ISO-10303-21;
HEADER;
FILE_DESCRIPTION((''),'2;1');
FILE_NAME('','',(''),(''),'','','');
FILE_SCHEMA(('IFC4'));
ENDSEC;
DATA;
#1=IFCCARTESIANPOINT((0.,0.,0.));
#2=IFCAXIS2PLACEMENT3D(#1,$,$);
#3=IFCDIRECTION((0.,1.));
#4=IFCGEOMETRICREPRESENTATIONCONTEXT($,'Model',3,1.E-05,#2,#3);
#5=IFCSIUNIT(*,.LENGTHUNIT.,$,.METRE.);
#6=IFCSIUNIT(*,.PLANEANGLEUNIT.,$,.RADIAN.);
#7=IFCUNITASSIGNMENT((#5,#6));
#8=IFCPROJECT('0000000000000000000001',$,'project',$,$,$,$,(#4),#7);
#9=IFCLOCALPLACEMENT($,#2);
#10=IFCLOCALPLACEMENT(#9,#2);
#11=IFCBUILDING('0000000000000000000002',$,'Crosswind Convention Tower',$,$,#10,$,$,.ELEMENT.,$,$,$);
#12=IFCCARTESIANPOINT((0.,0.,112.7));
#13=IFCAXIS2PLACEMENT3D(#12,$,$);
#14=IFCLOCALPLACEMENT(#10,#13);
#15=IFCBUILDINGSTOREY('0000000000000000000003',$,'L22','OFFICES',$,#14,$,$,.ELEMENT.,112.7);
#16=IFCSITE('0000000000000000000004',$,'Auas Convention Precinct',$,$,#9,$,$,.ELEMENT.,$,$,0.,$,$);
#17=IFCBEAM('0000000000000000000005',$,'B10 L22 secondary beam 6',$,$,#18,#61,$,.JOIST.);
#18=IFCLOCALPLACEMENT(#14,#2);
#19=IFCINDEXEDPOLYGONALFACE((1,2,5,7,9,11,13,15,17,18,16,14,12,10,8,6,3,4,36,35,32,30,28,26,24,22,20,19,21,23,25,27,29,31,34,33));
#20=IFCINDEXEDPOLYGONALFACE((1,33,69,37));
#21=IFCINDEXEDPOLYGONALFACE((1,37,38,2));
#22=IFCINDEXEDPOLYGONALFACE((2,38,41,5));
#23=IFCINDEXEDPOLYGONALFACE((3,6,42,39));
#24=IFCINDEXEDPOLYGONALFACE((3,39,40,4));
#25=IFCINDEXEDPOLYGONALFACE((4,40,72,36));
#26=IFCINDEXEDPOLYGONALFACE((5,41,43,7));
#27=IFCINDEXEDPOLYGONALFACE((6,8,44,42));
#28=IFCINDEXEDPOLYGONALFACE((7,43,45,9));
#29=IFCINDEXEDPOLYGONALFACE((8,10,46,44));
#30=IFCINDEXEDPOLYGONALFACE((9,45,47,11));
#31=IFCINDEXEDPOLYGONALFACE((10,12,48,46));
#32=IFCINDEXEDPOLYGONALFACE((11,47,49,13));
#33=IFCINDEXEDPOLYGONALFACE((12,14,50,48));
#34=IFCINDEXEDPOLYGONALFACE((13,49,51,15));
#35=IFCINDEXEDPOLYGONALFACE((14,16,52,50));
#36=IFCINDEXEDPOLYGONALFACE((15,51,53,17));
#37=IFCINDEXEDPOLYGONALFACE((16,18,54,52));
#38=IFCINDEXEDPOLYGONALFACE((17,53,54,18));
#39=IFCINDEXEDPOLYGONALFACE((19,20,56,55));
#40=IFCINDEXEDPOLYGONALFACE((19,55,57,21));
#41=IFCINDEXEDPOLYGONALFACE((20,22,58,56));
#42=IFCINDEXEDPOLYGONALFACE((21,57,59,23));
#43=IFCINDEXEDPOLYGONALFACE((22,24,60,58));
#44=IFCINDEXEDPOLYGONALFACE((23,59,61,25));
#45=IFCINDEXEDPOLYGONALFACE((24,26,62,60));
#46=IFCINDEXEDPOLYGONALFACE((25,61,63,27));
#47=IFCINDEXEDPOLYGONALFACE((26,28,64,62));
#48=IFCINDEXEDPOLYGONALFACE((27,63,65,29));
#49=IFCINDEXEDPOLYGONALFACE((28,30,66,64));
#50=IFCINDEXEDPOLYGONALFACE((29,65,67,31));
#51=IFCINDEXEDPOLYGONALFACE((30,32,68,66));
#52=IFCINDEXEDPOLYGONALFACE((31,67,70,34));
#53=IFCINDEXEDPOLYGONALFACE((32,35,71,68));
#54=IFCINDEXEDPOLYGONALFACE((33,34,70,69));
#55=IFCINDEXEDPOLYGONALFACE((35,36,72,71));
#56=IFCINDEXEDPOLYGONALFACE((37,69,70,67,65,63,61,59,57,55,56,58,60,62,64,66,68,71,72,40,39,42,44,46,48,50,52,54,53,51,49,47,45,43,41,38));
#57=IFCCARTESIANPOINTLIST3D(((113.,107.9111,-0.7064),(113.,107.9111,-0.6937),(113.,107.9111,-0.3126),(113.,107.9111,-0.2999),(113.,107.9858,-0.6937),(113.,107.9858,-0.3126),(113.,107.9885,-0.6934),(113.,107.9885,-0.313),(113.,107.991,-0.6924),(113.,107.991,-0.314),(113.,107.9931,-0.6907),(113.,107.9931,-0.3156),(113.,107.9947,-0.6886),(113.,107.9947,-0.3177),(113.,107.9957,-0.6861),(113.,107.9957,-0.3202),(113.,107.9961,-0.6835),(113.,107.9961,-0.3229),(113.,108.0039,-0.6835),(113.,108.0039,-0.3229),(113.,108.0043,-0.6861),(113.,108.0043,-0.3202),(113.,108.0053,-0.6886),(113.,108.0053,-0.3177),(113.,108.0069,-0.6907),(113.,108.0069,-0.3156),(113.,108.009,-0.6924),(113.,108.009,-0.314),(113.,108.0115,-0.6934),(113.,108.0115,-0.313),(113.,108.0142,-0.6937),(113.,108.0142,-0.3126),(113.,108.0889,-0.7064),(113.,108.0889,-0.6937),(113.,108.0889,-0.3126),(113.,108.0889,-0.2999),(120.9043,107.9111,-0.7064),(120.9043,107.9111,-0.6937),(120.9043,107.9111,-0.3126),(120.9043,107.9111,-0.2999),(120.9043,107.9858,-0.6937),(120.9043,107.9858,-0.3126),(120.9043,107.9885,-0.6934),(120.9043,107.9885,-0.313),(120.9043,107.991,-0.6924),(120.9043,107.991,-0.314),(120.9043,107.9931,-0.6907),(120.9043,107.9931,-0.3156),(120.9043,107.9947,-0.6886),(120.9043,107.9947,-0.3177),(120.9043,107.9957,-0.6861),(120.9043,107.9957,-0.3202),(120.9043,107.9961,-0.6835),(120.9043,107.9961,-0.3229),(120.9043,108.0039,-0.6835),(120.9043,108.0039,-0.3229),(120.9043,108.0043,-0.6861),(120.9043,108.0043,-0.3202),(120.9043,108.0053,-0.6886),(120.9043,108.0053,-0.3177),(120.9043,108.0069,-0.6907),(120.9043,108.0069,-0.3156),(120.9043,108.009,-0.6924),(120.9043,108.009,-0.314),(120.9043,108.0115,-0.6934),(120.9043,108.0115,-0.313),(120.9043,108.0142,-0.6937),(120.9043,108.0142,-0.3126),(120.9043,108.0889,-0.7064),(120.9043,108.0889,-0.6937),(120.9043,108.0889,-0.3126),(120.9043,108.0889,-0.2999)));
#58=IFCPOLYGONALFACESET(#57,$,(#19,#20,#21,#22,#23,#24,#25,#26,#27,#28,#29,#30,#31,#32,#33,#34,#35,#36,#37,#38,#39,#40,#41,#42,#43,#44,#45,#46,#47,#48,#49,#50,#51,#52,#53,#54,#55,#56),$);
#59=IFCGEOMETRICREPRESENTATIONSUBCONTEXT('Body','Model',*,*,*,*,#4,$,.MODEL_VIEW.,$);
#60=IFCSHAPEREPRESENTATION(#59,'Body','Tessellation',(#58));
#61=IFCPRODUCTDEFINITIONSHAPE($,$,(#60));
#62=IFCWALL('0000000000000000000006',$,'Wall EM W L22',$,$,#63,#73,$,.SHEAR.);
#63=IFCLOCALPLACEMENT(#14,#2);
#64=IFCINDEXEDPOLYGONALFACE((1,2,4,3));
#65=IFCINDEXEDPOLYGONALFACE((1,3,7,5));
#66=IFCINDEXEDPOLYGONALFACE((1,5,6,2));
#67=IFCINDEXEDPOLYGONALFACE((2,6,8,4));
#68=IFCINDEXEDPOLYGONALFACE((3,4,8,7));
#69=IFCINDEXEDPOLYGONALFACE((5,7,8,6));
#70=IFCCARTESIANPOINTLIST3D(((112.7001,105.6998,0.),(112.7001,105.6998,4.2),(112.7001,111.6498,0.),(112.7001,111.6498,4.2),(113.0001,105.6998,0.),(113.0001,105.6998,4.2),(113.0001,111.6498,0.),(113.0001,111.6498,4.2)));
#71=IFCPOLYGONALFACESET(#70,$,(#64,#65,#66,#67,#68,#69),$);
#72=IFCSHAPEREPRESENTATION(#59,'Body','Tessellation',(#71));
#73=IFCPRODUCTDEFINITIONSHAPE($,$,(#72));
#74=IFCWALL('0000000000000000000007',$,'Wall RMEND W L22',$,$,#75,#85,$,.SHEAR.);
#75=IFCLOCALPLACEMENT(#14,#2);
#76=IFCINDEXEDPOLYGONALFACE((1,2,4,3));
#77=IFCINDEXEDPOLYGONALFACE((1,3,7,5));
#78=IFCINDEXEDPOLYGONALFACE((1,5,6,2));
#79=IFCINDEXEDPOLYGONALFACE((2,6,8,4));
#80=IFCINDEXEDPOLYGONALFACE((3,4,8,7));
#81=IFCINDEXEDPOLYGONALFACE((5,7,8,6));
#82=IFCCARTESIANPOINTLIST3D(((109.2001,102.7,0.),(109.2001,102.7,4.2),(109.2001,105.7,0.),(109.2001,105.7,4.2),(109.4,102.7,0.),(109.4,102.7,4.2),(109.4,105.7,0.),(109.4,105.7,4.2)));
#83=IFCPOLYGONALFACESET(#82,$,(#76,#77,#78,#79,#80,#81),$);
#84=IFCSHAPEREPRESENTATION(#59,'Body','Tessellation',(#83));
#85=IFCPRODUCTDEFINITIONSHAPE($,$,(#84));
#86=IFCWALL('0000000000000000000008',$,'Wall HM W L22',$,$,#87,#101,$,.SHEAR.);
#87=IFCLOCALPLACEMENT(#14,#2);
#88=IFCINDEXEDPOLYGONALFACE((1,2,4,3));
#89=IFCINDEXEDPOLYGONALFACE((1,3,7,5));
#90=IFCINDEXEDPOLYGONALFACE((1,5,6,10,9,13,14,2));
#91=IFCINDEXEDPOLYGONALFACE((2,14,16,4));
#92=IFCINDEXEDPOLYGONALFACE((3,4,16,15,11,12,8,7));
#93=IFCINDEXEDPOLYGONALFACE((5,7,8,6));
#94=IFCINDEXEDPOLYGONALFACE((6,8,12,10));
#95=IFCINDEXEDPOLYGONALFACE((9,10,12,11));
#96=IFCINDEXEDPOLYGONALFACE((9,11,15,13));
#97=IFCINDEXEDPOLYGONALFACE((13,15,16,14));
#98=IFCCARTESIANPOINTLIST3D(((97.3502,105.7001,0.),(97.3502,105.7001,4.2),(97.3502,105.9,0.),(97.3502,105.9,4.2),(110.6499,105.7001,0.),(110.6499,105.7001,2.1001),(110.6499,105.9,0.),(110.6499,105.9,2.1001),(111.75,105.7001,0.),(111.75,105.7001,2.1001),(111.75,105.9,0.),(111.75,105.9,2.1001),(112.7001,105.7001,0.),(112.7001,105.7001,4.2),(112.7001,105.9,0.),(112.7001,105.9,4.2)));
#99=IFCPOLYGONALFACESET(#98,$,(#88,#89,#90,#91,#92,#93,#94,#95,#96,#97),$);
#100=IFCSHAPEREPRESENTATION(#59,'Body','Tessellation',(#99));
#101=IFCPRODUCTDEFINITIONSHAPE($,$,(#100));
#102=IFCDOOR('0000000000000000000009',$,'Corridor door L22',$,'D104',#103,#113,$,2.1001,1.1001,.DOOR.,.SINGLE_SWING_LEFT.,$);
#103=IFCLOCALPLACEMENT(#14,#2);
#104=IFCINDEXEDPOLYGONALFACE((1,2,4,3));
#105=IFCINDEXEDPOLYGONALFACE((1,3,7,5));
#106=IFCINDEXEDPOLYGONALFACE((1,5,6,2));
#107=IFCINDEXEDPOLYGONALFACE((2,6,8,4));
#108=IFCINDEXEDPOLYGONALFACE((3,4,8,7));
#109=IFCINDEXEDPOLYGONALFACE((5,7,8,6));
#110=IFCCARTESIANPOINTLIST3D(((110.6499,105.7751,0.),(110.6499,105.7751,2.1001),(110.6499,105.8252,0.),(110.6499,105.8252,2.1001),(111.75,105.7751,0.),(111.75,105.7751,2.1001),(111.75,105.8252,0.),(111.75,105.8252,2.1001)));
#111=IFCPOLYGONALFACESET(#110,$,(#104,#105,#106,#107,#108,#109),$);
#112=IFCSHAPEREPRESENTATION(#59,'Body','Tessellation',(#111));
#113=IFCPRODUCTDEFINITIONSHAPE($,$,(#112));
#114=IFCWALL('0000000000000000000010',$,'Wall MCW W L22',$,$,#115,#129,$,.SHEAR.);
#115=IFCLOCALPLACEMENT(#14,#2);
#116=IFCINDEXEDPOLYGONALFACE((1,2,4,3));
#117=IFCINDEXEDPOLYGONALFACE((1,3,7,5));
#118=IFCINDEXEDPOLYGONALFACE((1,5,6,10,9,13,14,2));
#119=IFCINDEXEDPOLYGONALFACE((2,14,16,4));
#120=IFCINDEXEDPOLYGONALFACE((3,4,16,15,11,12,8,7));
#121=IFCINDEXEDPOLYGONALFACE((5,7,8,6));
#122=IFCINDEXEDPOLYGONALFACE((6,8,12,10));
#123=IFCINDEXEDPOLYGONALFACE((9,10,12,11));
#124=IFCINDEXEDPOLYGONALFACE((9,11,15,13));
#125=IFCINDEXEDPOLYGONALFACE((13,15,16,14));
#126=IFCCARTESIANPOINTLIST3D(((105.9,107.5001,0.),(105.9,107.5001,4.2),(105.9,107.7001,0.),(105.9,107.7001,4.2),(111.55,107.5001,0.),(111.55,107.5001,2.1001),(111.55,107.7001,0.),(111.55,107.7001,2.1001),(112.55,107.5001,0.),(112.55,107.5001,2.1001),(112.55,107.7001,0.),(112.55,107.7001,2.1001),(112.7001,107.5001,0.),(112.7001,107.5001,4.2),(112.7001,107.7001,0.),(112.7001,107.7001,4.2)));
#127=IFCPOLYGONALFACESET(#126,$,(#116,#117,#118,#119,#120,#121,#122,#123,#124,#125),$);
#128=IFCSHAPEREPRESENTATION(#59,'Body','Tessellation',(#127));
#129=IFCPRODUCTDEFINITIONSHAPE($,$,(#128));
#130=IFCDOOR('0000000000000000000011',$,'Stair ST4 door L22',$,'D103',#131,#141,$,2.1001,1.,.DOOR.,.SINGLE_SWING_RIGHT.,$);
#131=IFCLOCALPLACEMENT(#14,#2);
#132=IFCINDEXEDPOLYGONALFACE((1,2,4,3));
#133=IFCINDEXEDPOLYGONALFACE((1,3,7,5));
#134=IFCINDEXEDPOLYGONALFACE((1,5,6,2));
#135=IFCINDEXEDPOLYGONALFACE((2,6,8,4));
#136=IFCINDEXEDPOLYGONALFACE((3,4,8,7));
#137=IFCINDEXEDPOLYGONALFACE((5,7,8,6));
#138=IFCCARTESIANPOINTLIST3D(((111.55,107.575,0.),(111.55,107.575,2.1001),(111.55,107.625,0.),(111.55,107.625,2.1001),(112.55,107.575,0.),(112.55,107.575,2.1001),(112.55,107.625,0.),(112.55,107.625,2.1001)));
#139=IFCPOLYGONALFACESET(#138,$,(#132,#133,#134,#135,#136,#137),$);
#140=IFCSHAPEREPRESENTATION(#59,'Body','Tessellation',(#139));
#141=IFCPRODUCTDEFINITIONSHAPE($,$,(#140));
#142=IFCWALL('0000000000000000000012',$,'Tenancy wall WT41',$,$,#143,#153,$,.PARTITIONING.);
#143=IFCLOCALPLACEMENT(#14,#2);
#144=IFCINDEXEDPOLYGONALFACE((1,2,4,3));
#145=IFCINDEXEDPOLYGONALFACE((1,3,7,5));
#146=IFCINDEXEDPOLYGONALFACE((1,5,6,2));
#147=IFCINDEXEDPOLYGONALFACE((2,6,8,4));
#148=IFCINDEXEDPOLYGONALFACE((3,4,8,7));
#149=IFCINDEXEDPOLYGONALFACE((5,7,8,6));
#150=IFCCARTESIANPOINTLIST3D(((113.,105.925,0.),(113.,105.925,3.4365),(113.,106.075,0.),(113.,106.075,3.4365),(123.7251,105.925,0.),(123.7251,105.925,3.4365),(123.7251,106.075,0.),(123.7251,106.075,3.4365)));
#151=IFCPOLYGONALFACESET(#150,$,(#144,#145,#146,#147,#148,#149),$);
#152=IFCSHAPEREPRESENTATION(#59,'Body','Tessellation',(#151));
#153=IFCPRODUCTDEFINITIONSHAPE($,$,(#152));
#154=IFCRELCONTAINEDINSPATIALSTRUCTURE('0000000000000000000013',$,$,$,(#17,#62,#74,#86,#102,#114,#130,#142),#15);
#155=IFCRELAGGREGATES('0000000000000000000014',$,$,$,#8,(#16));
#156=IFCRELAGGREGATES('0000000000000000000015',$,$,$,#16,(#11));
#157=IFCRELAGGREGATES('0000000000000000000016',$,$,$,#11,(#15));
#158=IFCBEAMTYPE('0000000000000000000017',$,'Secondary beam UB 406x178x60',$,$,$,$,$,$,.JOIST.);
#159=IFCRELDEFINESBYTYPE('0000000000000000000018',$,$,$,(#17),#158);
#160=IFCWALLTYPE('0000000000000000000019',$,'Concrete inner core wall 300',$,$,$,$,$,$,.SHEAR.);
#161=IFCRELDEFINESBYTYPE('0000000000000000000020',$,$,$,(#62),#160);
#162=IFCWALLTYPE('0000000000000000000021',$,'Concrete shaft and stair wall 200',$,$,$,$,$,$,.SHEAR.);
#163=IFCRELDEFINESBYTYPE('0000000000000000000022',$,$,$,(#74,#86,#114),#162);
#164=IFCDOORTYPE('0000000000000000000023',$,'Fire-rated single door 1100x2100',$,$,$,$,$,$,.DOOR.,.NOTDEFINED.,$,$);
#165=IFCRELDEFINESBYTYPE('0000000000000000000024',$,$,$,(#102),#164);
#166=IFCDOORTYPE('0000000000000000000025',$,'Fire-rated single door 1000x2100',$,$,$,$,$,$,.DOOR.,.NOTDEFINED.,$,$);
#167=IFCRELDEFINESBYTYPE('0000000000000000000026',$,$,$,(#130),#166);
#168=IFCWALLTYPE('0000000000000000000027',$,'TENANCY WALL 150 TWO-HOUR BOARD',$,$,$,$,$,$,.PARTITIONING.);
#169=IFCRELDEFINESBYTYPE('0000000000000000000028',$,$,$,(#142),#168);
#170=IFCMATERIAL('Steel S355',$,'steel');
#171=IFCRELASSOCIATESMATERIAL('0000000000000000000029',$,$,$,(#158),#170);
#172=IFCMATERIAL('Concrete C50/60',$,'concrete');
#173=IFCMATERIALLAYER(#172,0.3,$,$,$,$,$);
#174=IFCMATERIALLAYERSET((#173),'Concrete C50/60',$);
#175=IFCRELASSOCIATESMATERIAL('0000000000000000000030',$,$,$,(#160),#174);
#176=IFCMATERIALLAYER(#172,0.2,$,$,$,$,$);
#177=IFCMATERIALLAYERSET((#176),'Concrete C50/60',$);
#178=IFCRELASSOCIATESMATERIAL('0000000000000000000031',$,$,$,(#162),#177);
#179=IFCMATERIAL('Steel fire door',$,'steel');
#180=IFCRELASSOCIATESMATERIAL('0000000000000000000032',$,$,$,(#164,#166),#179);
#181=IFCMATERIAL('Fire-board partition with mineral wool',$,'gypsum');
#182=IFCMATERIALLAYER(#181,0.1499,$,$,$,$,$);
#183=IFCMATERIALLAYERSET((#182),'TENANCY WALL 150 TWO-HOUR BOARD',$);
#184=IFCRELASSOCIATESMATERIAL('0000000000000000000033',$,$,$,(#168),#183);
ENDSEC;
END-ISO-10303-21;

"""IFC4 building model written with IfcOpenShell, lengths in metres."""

from ifc_helpers import new_model, si_unit, direction, frame, frame_2d, origin, origin_2d, place, context, subcontext, project, spatial, rectangle, i_section, extrude, material, layer, layer_set, material_profile, profile_set, type_object, element, fill, save


model = new_model("IFC4")

# Units and contexts
model_context = context("Model", 3, precision=1e-05, world=origin(), true_north=direction((0.0, 1.0)))
body_context = subcontext(model_context, "Body", "Model", "MODEL_VIEW")
ifc_project = project(units=[si_unit("LENGTHUNIT", "METRE"), si_unit("PLANEANGLEUNIT", "RADIAN")], contexts=[model_context])

# Site, building, storey
site_placement = place(None, origin())
site = spatial("IfcSite", under=ifc_project, at=site_placement, Name="Auas Convention Precinct", CompositionType="ELEMENT", RefElevation=0.0)
building_placement = place(site_placement, origin())
building = spatial("IfcBuilding", under=site, at=building_placement, Name="Crosswind Convention Tower", CompositionType="ELEMENT")
storey_placement = place(building_placement, frame((0.0, 0.0, 112.7)))
storey = spatial("IfcBuildingStorey", under=building, at=storey_placement, Name="L22", Description="OFFICES", CompositionType="ELEMENT", Elevation=112.7)

# Beam
ifc_material_1 = material(Name="Steel S355", Category="steel")
ifc_material_profile = material_profile(ifc_material_1, i_section(OverallWidth=0.1777, OverallDepth=0.4065, WebThickness=0.0078, FlangeThickness=0.0127, FilletRadius=0.0103, at=origin_2d()), Name="UB 406x178x60")
ifc_profile_set = profile_set([ifc_material_profile], Name="Steel S355")
beam_type = type_object("IfcBeamType", Name="Secondary beam UB 406x178x60", PredefinedType="JOIST", material=ifc_profile_set)
beam_placement = place(storey_placement, frame((113.0, 108.0, -0.5032), z_axis=(1.0, 0.0, 0.0), x_axis=(0.0, 1.0, 0.0)))
element("IfcBeam", 1, at=beam_placement, inside=storey, type_object=beam_type, Name="B10 L22 secondary beam 6", PredefinedType="JOIST", context=body_context, shape_type="SweptSolid", body=[
    extrude(i_section(OverallWidth=0.1777, OverallDepth=0.4065, WebThickness=0.0078, FlangeThickness=0.0127, FilletRadius=0.0103, at=origin_2d()), origin(), (0.0, 0.0, 1.0), 7.9043),
])

# Shared definitions
ifc_material_2 = material(Name="Concrete C50/60", Category="concrete")
ifc_layer_1 = layer(ifc_material_2, 0.3)
ifc_layer_set_1 = layer_set([ifc_layer_1], Name="Concrete C50/60")
wall_type_1 = type_object("IfcWallType", Name="Concrete inner core wall 300", PredefinedType="SHEAR", material=ifc_layer_set_1)

# Walls
wall_1_placement = place(storey_placement, frame((112.8501, 111.6499, 0.0), z_axis=(0.0, 0.0, 1.0), x_axis=(0.0, -1.0, 0.0)))
element("IfcWall", 2, at=wall_1_placement, inside=storey, type_object=wall_type_1, Name="Wall EM W L22", PredefinedType="SHEAR", context=body_context, shape_type="SweptSolid", body=[
    extrude(rectangle(XDim=5.95, YDim=0.3, at=frame_2d((2.9751, 0.0))), origin(), (0.0, 0.0, 1.0), 4.2),
])
ifc_layer_2 = layer(ifc_material_2, 0.2)
ifc_layer_set_2 = layer_set([ifc_layer_2], Name="Concrete C50/60")
wall_type_2 = type_object("IfcWallType", Name="Concrete shaft and stair wall 200", PredefinedType="SHEAR", material=ifc_layer_set_2)
wall_2_placement = place(storey_placement, frame((109.3, 105.7, 0.0), z_axis=(0.0, 0.0, 1.0), x_axis=(0.0, -1.0, 0.0)))
element("IfcWall", 3, at=wall_2_placement, inside=storey, type_object=wall_type_2, Name="Wall RMEND W L22", PredefinedType="SHEAR", context=body_context, shape_type="SweptSolid", body=[
    extrude(rectangle(XDim=3.0, YDim=0.2, at=frame_2d((1.5, 0.0))), origin(), (0.0, 0.0, 1.0), 4.2),
])

# Walls, openings, doors
wall_3_placement = place(storey_placement, frame((112.7, 105.8, 0.0), z_axis=(0.0, 0.0, 1.0), x_axis=(-1.0, 0.0, 0.0)))
wall_3 = element("IfcWall", 4, at=wall_3_placement, inside=storey, type_object=wall_type_2, Name="Wall HM W L22", PredefinedType="SHEAR", context=body_context, shape_type="SweptSolid", body=[
    extrude(rectangle(XDim=15.3499, YDim=0.2, at=frame_2d((7.6748, 0.0))), origin(), (0.0, 0.0, 1.0), 4.2),
])
opening_1_placement = place(wall_3_placement, frame((0.95, 0.0, 0.0)))
opening_1 = element("IfcOpeningElement", 5, at=opening_1_placement, cuts=wall_3, PredefinedType="OPENING", context=body_context, shape_type="SweptSolid", body=[
    extrude(rectangle(XDim=1.1001, YDim=2.1001, at=frame_2d((0.55, 1.05))), frame((0.0, 0.1099, 0.0), z_axis=(0.0, -1.0, 0.0), x_axis=(1.0, 0.0, 0.0)), (0.0, 0.0, 1.0), 0.22),
])
ifc_material_3 = material(Name="Steel fire door", Category="steel")
door_type_1 = type_object("IfcDoorType", Name="Fire-rated single door 1100x2100", OperationType="NOTDEFINED", PredefinedType="DOOR", material=ifc_material_3)
door_1_placement = place(opening_1_placement, origin())
door_1 = element("IfcDoor", 6, at=door_1_placement, inside=storey, type_object=door_type_1, Name="Corridor door L22", ObjectType="D104", OperationType="SINGLE_SWING_LEFT", OverallHeight=2.1001, OverallWidth=1.1001, PredefinedType="DOOR", context=body_context, shape_type="SweptSolid", body=[
    extrude(rectangle(XDim=1.1001, YDim=2.1001, at=frame_2d((0.55, 1.05))), frame((0.0, 0.0249, 0.0), z_axis=(0.0, -1.0, 0.0), x_axis=(1.0, 0.0, 0.0)), (0.0, 0.0, 1.0), 0.05),
])
fill(opening_1, door_1)
wall_4_placement = place(storey_placement, frame((112.7, 107.6001, 0.0), z_axis=(0.0, 0.0, 1.0), x_axis=(-1.0, 0.0, 0.0)))
wall_4 = element("IfcWall", 7, at=wall_4_placement, inside=storey, type_object=wall_type_2, Name="Wall MCW W L22", PredefinedType="SHEAR", context=body_context, shape_type="SweptSolid", body=[
    extrude(rectangle(XDim=6.8, YDim=0.2, at=frame_2d((3.3999, 0.0))), origin(), (0.0, 0.0, 1.0), 4.2),
])
opening_2_placement = place(wall_4_placement, frame((0.1499, 0.0, 0.0)))
opening_2 = element("IfcOpeningElement", 8, at=opening_2_placement, cuts=wall_4, PredefinedType="OPENING", context=body_context, shape_type="SweptSolid", body=[
    extrude(rectangle(XDim=1.0, YDim=2.1001, at=frame_2d((0.5, 1.05))), frame((0.0, 0.1099, 0.0), z_axis=(0.0, -1.0, 0.0), x_axis=(1.0, 0.0, 0.0)), (0.0, 0.0, 1.0), 0.22),
])
door_type_2 = type_object("IfcDoorType", Name="Fire-rated single door 1000x2100", OperationType="NOTDEFINED", PredefinedType="DOOR", material=ifc_material_3)
door_2_placement = place(opening_2_placement, frame((1.0, 0.0, 0.0), z_axis=(0.0, 0.0, 1.0), x_axis=(-1.0, 0.0, 0.0)))
door_2 = element("IfcDoor", 9, at=door_2_placement, inside=storey, type_object=door_type_2, Name="Stair ST4 door L22", ObjectType="D103", OperationType="SINGLE_SWING_RIGHT", OverallHeight=2.1001, OverallWidth=1.0, PredefinedType="DOOR", context=body_context, shape_type="SweptSolid", body=[
    extrude(rectangle(XDim=1.0, YDim=2.1001, at=frame_2d((0.5, 1.05))), frame((0.0, 0.0249, 0.0), z_axis=(0.0, -1.0, 0.0), x_axis=(1.0, 0.0, 0.0)), (0.0, 0.0, 1.0), 0.05),
])
fill(opening_2, door_2)

# Wall
ifc_material_4 = material(Name="Fire-board partition with mineral wool", Category="gypsum")
ifc_layer_3 = layer(ifc_material_4, 0.1499)
ifc_layer_set_3 = layer_set([ifc_layer_3], Name="TENANCY WALL 150 TWO-HOUR BOARD")
wall_type_3 = type_object("IfcWallType", Name="TENANCY WALL 150 TWO-HOUR BOARD", PredefinedType="PARTITIONING", material=ifc_layer_set_3)
wall_5_placement = place(storey_placement, frame((113.0, 106.0, 0.0), z_axis=(0.0, 0.0, 1.0), x_axis=(1.0, 0.0, 0.0)))
element("IfcWall", 10, at=wall_5_placement, inside=storey, type_object=wall_type_3, Name="Tenancy wall WT41", PredefinedType="PARTITIONING", context=body_context, shape_type="SweptSolid", body=[
    extrude(rectangle(XDim=10.7251, YDim=0.1499, at=frame_2d((5.3625, 0.0))), origin(), (0.0, 0.0, 1.0), 3.4365),
])

save(model, "model.ifc")
